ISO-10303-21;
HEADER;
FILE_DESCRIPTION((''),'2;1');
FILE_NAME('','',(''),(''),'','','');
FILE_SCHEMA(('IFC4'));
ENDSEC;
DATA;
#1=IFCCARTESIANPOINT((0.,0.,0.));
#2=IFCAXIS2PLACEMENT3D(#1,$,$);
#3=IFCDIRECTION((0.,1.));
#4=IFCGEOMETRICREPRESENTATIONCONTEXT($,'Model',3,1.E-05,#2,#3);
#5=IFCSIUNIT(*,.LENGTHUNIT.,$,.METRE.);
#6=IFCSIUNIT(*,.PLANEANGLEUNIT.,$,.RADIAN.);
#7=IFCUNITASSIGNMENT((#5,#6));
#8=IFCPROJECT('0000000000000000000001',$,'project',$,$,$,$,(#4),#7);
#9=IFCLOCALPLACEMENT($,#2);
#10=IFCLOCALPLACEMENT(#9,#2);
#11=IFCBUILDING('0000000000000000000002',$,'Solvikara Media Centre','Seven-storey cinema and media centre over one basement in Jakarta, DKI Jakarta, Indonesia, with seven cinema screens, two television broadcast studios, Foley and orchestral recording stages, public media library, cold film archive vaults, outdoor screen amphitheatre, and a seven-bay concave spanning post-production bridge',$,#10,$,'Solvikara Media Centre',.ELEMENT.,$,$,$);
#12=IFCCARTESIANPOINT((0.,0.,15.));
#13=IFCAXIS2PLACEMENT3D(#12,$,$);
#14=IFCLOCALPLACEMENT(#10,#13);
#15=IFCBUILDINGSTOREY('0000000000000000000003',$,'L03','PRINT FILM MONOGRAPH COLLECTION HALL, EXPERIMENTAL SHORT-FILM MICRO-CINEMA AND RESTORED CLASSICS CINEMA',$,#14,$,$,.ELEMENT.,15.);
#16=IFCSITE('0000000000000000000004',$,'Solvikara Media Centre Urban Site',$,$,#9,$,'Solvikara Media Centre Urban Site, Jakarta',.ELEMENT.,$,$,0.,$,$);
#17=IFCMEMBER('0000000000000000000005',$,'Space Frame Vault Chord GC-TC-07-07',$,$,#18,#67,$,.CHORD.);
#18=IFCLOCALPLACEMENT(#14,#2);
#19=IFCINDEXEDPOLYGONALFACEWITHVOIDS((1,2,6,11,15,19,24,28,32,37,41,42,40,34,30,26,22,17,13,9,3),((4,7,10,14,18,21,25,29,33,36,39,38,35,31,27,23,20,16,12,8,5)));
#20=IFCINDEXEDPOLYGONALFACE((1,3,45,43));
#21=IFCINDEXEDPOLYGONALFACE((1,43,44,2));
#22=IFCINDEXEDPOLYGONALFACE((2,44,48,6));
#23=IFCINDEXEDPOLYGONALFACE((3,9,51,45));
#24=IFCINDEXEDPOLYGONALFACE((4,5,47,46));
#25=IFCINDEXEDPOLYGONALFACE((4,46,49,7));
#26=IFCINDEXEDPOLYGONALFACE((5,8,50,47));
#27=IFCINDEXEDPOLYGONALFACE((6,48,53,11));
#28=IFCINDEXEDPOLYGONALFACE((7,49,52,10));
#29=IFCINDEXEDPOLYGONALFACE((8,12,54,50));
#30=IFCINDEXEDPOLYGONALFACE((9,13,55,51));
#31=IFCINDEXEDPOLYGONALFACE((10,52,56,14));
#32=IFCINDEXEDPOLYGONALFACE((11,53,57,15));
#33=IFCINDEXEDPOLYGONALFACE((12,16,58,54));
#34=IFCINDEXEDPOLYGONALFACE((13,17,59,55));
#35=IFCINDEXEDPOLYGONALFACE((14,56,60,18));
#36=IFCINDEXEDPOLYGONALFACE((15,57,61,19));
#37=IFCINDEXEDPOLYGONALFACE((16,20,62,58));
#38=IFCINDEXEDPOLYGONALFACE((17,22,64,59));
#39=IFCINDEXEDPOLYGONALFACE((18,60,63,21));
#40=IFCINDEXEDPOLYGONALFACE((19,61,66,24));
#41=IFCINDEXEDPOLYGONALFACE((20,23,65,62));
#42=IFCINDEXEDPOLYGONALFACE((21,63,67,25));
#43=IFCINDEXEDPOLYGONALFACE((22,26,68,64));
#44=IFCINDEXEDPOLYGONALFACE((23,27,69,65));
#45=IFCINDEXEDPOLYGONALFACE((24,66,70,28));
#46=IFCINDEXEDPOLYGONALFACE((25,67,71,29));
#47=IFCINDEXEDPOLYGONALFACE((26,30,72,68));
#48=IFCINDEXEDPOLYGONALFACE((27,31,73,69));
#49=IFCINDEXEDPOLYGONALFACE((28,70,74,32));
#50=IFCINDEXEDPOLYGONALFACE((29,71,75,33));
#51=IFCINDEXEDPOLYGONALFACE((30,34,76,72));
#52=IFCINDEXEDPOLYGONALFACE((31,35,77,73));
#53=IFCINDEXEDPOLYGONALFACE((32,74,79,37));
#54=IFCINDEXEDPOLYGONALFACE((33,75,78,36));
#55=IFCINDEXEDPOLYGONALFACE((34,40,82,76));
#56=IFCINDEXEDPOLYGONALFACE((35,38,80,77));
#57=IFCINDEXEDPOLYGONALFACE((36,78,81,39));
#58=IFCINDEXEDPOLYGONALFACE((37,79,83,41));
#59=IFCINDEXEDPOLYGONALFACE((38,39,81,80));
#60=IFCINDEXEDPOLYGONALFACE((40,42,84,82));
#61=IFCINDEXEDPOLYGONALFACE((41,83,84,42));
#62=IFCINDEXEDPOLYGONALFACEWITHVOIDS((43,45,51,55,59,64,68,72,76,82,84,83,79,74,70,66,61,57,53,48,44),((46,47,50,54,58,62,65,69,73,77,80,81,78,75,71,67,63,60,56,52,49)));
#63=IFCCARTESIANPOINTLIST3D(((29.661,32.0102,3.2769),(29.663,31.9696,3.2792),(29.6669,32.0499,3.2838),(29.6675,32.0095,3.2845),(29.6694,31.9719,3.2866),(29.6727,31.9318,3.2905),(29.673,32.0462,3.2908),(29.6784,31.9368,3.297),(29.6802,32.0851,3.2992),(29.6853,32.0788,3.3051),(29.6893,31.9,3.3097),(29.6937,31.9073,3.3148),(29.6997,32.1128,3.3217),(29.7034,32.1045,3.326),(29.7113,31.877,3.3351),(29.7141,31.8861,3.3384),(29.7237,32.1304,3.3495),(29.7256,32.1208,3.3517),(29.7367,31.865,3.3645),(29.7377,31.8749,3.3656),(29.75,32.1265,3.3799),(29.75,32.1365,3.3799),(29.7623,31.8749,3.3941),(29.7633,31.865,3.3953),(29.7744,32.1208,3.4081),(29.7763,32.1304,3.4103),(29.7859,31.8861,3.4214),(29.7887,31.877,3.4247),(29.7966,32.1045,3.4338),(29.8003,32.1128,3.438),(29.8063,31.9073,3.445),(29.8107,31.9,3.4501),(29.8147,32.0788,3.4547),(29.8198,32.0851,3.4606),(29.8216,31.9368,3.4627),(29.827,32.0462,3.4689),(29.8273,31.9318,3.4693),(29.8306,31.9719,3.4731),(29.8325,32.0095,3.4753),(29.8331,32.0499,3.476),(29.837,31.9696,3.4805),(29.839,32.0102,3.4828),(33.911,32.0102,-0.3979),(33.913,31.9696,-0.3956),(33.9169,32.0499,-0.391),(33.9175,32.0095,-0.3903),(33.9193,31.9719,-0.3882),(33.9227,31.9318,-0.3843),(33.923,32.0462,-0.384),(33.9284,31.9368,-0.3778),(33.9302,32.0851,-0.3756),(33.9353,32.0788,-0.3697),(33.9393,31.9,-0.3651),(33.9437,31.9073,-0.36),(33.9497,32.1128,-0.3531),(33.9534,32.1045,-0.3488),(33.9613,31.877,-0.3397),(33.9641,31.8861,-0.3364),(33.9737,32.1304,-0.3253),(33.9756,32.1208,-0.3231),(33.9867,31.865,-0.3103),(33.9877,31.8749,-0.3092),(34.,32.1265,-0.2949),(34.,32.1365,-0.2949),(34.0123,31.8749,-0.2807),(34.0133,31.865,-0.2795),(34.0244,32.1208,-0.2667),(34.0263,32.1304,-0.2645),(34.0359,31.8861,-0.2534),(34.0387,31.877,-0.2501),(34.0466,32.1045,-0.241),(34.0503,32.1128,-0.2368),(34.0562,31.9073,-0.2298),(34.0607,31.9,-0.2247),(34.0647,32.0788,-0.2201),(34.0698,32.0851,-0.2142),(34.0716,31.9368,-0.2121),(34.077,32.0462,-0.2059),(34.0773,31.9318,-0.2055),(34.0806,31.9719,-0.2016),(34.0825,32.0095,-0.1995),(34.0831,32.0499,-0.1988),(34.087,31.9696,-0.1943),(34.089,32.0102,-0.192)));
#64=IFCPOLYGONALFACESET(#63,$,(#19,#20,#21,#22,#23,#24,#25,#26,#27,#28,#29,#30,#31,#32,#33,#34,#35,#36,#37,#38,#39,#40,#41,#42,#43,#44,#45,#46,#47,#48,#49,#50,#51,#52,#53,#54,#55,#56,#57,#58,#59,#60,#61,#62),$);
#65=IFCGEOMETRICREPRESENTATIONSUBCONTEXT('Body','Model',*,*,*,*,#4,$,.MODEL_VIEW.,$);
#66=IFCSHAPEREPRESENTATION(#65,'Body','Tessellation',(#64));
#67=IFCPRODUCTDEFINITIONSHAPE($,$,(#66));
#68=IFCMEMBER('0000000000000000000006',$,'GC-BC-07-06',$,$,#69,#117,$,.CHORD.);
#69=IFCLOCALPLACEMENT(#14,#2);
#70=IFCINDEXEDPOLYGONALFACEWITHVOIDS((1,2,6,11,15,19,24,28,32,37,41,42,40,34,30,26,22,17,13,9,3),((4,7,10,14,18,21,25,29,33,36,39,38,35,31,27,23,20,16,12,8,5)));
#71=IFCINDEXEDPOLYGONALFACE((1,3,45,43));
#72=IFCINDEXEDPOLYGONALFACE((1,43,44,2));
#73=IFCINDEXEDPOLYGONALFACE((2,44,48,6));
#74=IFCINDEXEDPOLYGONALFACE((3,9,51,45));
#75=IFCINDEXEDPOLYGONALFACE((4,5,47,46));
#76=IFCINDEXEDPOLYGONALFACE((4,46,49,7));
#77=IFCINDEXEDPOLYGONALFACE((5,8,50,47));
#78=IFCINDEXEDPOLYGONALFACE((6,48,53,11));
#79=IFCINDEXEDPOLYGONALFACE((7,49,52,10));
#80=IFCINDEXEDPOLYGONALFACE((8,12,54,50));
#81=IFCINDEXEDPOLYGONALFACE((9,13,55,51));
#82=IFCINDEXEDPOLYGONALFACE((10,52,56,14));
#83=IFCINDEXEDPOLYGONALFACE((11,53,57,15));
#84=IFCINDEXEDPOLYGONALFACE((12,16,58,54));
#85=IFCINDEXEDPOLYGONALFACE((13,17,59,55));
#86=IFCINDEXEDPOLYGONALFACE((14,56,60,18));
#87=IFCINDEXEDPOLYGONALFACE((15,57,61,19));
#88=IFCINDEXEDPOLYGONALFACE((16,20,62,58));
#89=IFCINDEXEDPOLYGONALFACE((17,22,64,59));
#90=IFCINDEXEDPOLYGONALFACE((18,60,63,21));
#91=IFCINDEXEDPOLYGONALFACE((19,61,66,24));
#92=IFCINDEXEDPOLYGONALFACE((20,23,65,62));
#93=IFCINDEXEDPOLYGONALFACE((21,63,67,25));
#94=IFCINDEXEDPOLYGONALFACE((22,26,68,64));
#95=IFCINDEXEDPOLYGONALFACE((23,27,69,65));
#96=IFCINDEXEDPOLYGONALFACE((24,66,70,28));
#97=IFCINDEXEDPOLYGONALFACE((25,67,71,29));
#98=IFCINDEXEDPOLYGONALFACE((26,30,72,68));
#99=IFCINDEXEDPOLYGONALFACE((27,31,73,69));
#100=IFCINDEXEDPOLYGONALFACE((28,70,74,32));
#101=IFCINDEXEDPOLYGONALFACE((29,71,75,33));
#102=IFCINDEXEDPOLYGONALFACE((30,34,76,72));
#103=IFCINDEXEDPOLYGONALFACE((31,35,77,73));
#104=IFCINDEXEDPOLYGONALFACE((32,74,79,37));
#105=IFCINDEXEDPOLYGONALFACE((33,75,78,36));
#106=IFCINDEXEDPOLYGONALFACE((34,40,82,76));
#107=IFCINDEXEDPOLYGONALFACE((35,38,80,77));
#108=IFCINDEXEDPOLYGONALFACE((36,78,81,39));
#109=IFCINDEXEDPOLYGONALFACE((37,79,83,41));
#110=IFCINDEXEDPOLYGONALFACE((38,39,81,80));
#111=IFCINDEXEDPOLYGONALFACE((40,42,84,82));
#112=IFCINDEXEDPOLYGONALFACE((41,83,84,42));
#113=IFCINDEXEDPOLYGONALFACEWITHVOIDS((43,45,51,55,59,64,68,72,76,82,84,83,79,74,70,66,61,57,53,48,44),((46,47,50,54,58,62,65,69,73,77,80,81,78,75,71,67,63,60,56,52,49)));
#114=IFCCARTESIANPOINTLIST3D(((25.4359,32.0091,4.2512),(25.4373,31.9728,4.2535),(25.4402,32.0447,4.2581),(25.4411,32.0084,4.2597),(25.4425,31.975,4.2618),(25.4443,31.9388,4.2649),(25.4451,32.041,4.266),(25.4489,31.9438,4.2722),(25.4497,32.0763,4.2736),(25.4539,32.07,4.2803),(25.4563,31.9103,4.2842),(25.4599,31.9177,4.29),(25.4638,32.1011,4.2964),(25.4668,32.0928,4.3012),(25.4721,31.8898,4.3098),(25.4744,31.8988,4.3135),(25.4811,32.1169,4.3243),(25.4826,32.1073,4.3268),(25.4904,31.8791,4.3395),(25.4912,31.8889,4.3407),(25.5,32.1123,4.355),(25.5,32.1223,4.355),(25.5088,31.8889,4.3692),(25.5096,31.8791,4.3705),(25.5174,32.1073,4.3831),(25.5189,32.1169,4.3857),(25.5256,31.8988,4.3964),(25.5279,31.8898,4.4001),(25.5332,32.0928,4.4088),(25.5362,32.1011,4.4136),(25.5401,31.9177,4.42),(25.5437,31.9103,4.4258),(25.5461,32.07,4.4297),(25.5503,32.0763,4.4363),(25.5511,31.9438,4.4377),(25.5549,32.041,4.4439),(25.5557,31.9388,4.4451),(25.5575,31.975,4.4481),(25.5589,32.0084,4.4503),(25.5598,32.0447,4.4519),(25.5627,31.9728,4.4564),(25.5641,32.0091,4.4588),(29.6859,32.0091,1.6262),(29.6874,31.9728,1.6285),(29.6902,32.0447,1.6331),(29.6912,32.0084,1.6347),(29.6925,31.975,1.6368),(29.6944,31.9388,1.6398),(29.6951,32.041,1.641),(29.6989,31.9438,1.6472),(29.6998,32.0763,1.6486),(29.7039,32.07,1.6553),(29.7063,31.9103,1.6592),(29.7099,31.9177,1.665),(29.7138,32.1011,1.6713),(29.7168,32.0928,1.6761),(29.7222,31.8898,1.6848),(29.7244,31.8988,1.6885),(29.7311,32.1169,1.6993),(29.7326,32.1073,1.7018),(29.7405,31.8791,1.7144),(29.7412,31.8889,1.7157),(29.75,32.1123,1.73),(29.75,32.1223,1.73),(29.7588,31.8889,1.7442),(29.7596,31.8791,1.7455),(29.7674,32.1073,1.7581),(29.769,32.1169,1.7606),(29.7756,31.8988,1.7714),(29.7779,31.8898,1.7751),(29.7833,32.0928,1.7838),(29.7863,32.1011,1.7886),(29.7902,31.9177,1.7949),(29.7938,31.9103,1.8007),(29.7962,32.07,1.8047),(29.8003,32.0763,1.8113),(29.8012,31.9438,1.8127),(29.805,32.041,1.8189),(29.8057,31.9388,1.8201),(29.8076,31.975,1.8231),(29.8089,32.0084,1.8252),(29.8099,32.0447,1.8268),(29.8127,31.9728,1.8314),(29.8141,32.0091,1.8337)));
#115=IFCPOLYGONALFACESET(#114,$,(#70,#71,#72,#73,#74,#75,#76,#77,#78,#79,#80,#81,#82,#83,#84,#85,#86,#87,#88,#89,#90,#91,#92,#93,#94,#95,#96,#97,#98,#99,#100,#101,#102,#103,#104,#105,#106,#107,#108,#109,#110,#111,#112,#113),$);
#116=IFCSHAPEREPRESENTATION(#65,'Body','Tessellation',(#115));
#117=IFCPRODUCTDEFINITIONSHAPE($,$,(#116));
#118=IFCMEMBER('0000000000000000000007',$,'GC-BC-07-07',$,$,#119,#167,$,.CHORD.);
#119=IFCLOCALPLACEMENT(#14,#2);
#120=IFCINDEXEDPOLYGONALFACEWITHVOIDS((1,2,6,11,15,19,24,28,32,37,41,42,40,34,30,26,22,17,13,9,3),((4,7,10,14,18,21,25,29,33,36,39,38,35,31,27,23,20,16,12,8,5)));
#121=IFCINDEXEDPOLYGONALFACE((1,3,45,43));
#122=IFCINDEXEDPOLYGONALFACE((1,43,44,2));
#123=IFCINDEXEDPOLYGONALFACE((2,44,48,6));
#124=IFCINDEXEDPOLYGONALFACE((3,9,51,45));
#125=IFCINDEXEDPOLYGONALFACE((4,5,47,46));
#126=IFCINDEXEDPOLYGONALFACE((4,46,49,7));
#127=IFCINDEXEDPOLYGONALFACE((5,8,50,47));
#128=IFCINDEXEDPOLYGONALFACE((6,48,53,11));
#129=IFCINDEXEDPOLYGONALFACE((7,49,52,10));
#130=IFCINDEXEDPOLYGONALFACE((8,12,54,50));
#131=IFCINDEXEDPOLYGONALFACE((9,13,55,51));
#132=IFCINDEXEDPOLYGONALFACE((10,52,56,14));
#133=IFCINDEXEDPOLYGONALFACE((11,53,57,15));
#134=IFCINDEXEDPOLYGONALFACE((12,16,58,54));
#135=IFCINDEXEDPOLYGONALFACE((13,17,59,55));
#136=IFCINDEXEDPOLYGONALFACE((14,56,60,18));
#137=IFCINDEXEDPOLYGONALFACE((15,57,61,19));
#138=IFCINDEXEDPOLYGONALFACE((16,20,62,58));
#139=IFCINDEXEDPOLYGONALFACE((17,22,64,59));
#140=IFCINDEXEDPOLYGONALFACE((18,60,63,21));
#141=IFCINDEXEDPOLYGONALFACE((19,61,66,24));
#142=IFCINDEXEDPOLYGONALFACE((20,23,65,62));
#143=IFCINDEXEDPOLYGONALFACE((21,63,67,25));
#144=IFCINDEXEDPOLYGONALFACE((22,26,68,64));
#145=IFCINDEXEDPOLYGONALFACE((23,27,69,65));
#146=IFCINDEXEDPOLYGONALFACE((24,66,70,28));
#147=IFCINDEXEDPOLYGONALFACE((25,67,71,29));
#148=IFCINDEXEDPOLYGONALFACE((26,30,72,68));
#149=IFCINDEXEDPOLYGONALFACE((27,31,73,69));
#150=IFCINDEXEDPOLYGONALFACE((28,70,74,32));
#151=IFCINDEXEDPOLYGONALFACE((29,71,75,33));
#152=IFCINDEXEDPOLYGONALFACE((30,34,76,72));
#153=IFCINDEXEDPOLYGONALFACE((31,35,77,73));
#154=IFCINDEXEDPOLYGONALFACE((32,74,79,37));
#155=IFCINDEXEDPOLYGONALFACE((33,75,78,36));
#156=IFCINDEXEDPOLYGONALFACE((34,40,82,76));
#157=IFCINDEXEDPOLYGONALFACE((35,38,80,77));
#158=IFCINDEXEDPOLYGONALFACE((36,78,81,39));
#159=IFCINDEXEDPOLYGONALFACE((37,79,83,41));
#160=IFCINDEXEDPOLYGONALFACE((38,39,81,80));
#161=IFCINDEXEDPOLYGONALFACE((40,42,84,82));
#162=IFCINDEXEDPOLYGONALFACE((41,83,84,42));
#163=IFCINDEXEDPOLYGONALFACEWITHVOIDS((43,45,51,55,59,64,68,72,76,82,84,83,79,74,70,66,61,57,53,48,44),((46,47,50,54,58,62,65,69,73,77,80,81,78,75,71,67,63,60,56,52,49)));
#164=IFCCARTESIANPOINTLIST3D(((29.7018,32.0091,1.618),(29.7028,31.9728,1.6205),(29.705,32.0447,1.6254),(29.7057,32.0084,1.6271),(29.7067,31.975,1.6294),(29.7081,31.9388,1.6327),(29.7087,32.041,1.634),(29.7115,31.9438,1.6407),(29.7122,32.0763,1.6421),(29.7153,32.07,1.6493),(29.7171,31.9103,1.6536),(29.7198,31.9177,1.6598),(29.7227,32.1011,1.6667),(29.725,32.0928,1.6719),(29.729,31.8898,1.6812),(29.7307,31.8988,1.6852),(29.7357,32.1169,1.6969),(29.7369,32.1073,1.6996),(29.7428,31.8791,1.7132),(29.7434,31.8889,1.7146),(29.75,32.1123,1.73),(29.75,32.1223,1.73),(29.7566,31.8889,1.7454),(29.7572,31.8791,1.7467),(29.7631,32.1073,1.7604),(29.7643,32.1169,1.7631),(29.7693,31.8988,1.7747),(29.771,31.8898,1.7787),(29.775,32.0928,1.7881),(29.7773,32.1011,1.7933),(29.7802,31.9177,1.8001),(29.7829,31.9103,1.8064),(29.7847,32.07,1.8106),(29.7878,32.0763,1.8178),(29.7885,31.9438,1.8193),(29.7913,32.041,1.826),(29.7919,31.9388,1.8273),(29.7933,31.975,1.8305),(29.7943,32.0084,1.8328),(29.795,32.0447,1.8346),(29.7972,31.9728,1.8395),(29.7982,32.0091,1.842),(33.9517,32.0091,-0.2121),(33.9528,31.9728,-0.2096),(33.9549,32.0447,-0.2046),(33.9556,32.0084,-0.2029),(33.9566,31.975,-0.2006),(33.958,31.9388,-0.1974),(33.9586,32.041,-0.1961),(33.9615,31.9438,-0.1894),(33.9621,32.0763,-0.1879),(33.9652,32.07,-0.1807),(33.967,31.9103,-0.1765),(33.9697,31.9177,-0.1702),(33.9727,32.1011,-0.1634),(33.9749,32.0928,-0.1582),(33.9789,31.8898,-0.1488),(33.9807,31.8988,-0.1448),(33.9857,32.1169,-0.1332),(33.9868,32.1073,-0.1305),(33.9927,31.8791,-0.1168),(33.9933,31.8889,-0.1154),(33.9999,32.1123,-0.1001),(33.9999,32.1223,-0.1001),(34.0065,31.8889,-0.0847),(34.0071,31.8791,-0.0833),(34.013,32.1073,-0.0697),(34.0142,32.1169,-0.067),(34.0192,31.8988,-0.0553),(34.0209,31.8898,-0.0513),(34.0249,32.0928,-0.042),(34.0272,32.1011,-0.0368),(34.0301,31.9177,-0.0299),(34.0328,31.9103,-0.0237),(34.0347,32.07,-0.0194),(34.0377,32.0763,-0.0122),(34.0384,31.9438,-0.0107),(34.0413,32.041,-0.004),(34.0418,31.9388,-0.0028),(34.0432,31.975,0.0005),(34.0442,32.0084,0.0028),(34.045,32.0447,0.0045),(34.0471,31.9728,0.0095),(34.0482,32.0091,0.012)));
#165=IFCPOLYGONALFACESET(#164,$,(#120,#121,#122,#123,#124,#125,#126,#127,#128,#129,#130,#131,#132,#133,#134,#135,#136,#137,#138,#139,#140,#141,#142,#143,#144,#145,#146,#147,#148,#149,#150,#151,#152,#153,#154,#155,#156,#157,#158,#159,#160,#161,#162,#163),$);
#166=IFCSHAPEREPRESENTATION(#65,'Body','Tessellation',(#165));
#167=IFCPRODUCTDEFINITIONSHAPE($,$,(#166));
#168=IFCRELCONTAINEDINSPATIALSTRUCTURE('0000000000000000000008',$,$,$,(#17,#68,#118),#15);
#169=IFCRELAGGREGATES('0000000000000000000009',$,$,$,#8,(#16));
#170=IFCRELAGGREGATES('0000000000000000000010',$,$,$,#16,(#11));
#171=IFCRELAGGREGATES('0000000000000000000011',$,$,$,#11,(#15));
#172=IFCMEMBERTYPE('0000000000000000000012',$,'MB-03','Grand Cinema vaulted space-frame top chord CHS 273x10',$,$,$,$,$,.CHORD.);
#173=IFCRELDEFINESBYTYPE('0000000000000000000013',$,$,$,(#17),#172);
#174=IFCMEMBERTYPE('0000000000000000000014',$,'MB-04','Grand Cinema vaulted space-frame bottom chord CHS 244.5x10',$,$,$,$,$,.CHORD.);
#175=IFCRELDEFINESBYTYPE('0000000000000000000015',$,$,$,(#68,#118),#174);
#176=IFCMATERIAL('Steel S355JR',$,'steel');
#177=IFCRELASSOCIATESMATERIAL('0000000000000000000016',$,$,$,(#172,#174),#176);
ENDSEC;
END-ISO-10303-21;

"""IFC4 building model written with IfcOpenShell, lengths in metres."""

from ifc_helpers import new_model, si_unit, direction, frame, origin, origin_2d, place, context, subcontext, project, spatial, hollow_circle, extrude, material, material_profile, profile_set, type_object, element, save


model = new_model("IFC4")

# Units and contexts
model_context = context("Model", 3, precision=1e-05, world=origin(), true_north=direction((0.0, 1.0)))
body_context = subcontext(model_context, "Body", "Model", "MODEL_VIEW")
ifc_project = project(units=[si_unit("LENGTHUNIT", "METRE"), si_unit("PLANEANGLEUNIT", "RADIAN")], contexts=[model_context])

# Site, building, storey
site_placement = place(None, origin())
site = spatial("IfcSite", under=ifc_project, at=site_placement, Name="Solvikara Media Centre Urban Site", LongName="Solvikara Media Centre Urban Site, Jakarta", CompositionType="ELEMENT", RefElevation=0.0)
building_placement = place(site_placement, origin())
building = spatial("IfcBuilding", under=site, at=building_placement, Name="Solvikara Media Centre", Description="Seven-storey cinema and media centre over one basement in Jakarta, DKI Jakarta, Indonesia, with seven cinema screens, two television broadcast studios, Foley and orchestral recording stages, public media library, cold film archive vaults, outdoor screen amphitheatre, and a seven-bay concave spanning post-production bridge", LongName="Solvikara Media Centre", CompositionType="ELEMENT")
storey_placement = place(building_placement, frame((0.0, 0.0, 15.0)))
storey = spatial("IfcBuildingStorey", under=building, at=storey_placement, Name="L03", Description="PRINT FILM MONOGRAPH COLLECTION HALL, EXPERIMENTAL SHORT-FILM MICRO-CINEMA AND RESTORED CLASSICS CINEMA", CompositionType="ELEMENT", Elevation=15.0)

# Members
ifc_material_1 = material(Name="Steel S355JR", Category="steel")
ifc_material_profile_1 = material_profile(ifc_material_1, hollow_circle(Radius=0.1365, WallThickness=0.01, at=origin_2d()), Name="CHS 273x10")
ifc_profile_set_1 = profile_set([ifc_material_profile_1], Name="Steel S355JR")
member_type_1 = type_object("IfcMemberType", Name="MB-03", Description="Grand Cinema vaulted space-frame top chord CHS 273x10", PredefinedType="CHORD", material=ifc_profile_set_1)
member_1_placement = place(storey_placement, frame((29.75, 32.0, 3.3799), z_axis=(0.75644, 0.0, -0.654063), x_axis=(0.0, 1.0, 0.0)))
element("IfcMember", 1, at=member_1_placement, inside=storey, type_object=member_type_1, Name="Space Frame Vault Chord GC-TC-07-07", PredefinedType="CHORD", context=body_context, shape_type="SweptSolid", body=[
    extrude(hollow_circle(Radius=0.1365, WallThickness=0.01, at=origin_2d()), origin(), (0.0, 0.0, 1.0), 5.6184),
])
ifc_material_profile_2 = material_profile(ifc_material_1, hollow_circle(Radius=0.1223, WallThickness=0.01, at=origin_2d()), Name="CHS 244.5x10")
ifc_profile_set_2 = profile_set([ifc_material_profile_2], Name="Steel S355JR")
member_type_2 = type_object("IfcMemberType", Name="MB-04", Description="Grand Cinema vaulted space-frame bottom chord CHS 244.5x10", PredefinedType="CHORD", material=ifc_profile_set_2)
member_2_placement = place(storey_placement, frame((25.5, 32.0, 4.355), z_axis=(0.850798, 0.0, -0.525493), x_axis=(0.0, 1.0, 0.0)))
element("IfcMember", 2, at=member_2_placement, inside=storey, type_object=member_type_2, Name="GC-BC-07-06", PredefinedType="CHORD", context=body_context, shape_type="SweptSolid", body=[
    extrude(hollow_circle(Radius=0.1223, WallThickness=0.01, at=origin_2d()), origin(), (0.0, 0.0, 1.0), 4.9954),
])
member_3_placement = place(storey_placement, frame((29.75, 32.0, 1.73), z_axis=(0.918467, 0.0, -0.395498), x_axis=(0.0, 1.0, 0.0)))
element("IfcMember", 3, at=member_3_placement, inside=storey, type_object=member_type_2, Name="GC-BC-07-07", PredefinedType="CHORD", context=body_context, shape_type="SweptSolid", body=[
    extrude(hollow_circle(Radius=0.1223, WallThickness=0.01, at=origin_2d()), origin(), (0.0, 0.0, 1.0), 4.6272),
])

save(model, "model.ifc")
